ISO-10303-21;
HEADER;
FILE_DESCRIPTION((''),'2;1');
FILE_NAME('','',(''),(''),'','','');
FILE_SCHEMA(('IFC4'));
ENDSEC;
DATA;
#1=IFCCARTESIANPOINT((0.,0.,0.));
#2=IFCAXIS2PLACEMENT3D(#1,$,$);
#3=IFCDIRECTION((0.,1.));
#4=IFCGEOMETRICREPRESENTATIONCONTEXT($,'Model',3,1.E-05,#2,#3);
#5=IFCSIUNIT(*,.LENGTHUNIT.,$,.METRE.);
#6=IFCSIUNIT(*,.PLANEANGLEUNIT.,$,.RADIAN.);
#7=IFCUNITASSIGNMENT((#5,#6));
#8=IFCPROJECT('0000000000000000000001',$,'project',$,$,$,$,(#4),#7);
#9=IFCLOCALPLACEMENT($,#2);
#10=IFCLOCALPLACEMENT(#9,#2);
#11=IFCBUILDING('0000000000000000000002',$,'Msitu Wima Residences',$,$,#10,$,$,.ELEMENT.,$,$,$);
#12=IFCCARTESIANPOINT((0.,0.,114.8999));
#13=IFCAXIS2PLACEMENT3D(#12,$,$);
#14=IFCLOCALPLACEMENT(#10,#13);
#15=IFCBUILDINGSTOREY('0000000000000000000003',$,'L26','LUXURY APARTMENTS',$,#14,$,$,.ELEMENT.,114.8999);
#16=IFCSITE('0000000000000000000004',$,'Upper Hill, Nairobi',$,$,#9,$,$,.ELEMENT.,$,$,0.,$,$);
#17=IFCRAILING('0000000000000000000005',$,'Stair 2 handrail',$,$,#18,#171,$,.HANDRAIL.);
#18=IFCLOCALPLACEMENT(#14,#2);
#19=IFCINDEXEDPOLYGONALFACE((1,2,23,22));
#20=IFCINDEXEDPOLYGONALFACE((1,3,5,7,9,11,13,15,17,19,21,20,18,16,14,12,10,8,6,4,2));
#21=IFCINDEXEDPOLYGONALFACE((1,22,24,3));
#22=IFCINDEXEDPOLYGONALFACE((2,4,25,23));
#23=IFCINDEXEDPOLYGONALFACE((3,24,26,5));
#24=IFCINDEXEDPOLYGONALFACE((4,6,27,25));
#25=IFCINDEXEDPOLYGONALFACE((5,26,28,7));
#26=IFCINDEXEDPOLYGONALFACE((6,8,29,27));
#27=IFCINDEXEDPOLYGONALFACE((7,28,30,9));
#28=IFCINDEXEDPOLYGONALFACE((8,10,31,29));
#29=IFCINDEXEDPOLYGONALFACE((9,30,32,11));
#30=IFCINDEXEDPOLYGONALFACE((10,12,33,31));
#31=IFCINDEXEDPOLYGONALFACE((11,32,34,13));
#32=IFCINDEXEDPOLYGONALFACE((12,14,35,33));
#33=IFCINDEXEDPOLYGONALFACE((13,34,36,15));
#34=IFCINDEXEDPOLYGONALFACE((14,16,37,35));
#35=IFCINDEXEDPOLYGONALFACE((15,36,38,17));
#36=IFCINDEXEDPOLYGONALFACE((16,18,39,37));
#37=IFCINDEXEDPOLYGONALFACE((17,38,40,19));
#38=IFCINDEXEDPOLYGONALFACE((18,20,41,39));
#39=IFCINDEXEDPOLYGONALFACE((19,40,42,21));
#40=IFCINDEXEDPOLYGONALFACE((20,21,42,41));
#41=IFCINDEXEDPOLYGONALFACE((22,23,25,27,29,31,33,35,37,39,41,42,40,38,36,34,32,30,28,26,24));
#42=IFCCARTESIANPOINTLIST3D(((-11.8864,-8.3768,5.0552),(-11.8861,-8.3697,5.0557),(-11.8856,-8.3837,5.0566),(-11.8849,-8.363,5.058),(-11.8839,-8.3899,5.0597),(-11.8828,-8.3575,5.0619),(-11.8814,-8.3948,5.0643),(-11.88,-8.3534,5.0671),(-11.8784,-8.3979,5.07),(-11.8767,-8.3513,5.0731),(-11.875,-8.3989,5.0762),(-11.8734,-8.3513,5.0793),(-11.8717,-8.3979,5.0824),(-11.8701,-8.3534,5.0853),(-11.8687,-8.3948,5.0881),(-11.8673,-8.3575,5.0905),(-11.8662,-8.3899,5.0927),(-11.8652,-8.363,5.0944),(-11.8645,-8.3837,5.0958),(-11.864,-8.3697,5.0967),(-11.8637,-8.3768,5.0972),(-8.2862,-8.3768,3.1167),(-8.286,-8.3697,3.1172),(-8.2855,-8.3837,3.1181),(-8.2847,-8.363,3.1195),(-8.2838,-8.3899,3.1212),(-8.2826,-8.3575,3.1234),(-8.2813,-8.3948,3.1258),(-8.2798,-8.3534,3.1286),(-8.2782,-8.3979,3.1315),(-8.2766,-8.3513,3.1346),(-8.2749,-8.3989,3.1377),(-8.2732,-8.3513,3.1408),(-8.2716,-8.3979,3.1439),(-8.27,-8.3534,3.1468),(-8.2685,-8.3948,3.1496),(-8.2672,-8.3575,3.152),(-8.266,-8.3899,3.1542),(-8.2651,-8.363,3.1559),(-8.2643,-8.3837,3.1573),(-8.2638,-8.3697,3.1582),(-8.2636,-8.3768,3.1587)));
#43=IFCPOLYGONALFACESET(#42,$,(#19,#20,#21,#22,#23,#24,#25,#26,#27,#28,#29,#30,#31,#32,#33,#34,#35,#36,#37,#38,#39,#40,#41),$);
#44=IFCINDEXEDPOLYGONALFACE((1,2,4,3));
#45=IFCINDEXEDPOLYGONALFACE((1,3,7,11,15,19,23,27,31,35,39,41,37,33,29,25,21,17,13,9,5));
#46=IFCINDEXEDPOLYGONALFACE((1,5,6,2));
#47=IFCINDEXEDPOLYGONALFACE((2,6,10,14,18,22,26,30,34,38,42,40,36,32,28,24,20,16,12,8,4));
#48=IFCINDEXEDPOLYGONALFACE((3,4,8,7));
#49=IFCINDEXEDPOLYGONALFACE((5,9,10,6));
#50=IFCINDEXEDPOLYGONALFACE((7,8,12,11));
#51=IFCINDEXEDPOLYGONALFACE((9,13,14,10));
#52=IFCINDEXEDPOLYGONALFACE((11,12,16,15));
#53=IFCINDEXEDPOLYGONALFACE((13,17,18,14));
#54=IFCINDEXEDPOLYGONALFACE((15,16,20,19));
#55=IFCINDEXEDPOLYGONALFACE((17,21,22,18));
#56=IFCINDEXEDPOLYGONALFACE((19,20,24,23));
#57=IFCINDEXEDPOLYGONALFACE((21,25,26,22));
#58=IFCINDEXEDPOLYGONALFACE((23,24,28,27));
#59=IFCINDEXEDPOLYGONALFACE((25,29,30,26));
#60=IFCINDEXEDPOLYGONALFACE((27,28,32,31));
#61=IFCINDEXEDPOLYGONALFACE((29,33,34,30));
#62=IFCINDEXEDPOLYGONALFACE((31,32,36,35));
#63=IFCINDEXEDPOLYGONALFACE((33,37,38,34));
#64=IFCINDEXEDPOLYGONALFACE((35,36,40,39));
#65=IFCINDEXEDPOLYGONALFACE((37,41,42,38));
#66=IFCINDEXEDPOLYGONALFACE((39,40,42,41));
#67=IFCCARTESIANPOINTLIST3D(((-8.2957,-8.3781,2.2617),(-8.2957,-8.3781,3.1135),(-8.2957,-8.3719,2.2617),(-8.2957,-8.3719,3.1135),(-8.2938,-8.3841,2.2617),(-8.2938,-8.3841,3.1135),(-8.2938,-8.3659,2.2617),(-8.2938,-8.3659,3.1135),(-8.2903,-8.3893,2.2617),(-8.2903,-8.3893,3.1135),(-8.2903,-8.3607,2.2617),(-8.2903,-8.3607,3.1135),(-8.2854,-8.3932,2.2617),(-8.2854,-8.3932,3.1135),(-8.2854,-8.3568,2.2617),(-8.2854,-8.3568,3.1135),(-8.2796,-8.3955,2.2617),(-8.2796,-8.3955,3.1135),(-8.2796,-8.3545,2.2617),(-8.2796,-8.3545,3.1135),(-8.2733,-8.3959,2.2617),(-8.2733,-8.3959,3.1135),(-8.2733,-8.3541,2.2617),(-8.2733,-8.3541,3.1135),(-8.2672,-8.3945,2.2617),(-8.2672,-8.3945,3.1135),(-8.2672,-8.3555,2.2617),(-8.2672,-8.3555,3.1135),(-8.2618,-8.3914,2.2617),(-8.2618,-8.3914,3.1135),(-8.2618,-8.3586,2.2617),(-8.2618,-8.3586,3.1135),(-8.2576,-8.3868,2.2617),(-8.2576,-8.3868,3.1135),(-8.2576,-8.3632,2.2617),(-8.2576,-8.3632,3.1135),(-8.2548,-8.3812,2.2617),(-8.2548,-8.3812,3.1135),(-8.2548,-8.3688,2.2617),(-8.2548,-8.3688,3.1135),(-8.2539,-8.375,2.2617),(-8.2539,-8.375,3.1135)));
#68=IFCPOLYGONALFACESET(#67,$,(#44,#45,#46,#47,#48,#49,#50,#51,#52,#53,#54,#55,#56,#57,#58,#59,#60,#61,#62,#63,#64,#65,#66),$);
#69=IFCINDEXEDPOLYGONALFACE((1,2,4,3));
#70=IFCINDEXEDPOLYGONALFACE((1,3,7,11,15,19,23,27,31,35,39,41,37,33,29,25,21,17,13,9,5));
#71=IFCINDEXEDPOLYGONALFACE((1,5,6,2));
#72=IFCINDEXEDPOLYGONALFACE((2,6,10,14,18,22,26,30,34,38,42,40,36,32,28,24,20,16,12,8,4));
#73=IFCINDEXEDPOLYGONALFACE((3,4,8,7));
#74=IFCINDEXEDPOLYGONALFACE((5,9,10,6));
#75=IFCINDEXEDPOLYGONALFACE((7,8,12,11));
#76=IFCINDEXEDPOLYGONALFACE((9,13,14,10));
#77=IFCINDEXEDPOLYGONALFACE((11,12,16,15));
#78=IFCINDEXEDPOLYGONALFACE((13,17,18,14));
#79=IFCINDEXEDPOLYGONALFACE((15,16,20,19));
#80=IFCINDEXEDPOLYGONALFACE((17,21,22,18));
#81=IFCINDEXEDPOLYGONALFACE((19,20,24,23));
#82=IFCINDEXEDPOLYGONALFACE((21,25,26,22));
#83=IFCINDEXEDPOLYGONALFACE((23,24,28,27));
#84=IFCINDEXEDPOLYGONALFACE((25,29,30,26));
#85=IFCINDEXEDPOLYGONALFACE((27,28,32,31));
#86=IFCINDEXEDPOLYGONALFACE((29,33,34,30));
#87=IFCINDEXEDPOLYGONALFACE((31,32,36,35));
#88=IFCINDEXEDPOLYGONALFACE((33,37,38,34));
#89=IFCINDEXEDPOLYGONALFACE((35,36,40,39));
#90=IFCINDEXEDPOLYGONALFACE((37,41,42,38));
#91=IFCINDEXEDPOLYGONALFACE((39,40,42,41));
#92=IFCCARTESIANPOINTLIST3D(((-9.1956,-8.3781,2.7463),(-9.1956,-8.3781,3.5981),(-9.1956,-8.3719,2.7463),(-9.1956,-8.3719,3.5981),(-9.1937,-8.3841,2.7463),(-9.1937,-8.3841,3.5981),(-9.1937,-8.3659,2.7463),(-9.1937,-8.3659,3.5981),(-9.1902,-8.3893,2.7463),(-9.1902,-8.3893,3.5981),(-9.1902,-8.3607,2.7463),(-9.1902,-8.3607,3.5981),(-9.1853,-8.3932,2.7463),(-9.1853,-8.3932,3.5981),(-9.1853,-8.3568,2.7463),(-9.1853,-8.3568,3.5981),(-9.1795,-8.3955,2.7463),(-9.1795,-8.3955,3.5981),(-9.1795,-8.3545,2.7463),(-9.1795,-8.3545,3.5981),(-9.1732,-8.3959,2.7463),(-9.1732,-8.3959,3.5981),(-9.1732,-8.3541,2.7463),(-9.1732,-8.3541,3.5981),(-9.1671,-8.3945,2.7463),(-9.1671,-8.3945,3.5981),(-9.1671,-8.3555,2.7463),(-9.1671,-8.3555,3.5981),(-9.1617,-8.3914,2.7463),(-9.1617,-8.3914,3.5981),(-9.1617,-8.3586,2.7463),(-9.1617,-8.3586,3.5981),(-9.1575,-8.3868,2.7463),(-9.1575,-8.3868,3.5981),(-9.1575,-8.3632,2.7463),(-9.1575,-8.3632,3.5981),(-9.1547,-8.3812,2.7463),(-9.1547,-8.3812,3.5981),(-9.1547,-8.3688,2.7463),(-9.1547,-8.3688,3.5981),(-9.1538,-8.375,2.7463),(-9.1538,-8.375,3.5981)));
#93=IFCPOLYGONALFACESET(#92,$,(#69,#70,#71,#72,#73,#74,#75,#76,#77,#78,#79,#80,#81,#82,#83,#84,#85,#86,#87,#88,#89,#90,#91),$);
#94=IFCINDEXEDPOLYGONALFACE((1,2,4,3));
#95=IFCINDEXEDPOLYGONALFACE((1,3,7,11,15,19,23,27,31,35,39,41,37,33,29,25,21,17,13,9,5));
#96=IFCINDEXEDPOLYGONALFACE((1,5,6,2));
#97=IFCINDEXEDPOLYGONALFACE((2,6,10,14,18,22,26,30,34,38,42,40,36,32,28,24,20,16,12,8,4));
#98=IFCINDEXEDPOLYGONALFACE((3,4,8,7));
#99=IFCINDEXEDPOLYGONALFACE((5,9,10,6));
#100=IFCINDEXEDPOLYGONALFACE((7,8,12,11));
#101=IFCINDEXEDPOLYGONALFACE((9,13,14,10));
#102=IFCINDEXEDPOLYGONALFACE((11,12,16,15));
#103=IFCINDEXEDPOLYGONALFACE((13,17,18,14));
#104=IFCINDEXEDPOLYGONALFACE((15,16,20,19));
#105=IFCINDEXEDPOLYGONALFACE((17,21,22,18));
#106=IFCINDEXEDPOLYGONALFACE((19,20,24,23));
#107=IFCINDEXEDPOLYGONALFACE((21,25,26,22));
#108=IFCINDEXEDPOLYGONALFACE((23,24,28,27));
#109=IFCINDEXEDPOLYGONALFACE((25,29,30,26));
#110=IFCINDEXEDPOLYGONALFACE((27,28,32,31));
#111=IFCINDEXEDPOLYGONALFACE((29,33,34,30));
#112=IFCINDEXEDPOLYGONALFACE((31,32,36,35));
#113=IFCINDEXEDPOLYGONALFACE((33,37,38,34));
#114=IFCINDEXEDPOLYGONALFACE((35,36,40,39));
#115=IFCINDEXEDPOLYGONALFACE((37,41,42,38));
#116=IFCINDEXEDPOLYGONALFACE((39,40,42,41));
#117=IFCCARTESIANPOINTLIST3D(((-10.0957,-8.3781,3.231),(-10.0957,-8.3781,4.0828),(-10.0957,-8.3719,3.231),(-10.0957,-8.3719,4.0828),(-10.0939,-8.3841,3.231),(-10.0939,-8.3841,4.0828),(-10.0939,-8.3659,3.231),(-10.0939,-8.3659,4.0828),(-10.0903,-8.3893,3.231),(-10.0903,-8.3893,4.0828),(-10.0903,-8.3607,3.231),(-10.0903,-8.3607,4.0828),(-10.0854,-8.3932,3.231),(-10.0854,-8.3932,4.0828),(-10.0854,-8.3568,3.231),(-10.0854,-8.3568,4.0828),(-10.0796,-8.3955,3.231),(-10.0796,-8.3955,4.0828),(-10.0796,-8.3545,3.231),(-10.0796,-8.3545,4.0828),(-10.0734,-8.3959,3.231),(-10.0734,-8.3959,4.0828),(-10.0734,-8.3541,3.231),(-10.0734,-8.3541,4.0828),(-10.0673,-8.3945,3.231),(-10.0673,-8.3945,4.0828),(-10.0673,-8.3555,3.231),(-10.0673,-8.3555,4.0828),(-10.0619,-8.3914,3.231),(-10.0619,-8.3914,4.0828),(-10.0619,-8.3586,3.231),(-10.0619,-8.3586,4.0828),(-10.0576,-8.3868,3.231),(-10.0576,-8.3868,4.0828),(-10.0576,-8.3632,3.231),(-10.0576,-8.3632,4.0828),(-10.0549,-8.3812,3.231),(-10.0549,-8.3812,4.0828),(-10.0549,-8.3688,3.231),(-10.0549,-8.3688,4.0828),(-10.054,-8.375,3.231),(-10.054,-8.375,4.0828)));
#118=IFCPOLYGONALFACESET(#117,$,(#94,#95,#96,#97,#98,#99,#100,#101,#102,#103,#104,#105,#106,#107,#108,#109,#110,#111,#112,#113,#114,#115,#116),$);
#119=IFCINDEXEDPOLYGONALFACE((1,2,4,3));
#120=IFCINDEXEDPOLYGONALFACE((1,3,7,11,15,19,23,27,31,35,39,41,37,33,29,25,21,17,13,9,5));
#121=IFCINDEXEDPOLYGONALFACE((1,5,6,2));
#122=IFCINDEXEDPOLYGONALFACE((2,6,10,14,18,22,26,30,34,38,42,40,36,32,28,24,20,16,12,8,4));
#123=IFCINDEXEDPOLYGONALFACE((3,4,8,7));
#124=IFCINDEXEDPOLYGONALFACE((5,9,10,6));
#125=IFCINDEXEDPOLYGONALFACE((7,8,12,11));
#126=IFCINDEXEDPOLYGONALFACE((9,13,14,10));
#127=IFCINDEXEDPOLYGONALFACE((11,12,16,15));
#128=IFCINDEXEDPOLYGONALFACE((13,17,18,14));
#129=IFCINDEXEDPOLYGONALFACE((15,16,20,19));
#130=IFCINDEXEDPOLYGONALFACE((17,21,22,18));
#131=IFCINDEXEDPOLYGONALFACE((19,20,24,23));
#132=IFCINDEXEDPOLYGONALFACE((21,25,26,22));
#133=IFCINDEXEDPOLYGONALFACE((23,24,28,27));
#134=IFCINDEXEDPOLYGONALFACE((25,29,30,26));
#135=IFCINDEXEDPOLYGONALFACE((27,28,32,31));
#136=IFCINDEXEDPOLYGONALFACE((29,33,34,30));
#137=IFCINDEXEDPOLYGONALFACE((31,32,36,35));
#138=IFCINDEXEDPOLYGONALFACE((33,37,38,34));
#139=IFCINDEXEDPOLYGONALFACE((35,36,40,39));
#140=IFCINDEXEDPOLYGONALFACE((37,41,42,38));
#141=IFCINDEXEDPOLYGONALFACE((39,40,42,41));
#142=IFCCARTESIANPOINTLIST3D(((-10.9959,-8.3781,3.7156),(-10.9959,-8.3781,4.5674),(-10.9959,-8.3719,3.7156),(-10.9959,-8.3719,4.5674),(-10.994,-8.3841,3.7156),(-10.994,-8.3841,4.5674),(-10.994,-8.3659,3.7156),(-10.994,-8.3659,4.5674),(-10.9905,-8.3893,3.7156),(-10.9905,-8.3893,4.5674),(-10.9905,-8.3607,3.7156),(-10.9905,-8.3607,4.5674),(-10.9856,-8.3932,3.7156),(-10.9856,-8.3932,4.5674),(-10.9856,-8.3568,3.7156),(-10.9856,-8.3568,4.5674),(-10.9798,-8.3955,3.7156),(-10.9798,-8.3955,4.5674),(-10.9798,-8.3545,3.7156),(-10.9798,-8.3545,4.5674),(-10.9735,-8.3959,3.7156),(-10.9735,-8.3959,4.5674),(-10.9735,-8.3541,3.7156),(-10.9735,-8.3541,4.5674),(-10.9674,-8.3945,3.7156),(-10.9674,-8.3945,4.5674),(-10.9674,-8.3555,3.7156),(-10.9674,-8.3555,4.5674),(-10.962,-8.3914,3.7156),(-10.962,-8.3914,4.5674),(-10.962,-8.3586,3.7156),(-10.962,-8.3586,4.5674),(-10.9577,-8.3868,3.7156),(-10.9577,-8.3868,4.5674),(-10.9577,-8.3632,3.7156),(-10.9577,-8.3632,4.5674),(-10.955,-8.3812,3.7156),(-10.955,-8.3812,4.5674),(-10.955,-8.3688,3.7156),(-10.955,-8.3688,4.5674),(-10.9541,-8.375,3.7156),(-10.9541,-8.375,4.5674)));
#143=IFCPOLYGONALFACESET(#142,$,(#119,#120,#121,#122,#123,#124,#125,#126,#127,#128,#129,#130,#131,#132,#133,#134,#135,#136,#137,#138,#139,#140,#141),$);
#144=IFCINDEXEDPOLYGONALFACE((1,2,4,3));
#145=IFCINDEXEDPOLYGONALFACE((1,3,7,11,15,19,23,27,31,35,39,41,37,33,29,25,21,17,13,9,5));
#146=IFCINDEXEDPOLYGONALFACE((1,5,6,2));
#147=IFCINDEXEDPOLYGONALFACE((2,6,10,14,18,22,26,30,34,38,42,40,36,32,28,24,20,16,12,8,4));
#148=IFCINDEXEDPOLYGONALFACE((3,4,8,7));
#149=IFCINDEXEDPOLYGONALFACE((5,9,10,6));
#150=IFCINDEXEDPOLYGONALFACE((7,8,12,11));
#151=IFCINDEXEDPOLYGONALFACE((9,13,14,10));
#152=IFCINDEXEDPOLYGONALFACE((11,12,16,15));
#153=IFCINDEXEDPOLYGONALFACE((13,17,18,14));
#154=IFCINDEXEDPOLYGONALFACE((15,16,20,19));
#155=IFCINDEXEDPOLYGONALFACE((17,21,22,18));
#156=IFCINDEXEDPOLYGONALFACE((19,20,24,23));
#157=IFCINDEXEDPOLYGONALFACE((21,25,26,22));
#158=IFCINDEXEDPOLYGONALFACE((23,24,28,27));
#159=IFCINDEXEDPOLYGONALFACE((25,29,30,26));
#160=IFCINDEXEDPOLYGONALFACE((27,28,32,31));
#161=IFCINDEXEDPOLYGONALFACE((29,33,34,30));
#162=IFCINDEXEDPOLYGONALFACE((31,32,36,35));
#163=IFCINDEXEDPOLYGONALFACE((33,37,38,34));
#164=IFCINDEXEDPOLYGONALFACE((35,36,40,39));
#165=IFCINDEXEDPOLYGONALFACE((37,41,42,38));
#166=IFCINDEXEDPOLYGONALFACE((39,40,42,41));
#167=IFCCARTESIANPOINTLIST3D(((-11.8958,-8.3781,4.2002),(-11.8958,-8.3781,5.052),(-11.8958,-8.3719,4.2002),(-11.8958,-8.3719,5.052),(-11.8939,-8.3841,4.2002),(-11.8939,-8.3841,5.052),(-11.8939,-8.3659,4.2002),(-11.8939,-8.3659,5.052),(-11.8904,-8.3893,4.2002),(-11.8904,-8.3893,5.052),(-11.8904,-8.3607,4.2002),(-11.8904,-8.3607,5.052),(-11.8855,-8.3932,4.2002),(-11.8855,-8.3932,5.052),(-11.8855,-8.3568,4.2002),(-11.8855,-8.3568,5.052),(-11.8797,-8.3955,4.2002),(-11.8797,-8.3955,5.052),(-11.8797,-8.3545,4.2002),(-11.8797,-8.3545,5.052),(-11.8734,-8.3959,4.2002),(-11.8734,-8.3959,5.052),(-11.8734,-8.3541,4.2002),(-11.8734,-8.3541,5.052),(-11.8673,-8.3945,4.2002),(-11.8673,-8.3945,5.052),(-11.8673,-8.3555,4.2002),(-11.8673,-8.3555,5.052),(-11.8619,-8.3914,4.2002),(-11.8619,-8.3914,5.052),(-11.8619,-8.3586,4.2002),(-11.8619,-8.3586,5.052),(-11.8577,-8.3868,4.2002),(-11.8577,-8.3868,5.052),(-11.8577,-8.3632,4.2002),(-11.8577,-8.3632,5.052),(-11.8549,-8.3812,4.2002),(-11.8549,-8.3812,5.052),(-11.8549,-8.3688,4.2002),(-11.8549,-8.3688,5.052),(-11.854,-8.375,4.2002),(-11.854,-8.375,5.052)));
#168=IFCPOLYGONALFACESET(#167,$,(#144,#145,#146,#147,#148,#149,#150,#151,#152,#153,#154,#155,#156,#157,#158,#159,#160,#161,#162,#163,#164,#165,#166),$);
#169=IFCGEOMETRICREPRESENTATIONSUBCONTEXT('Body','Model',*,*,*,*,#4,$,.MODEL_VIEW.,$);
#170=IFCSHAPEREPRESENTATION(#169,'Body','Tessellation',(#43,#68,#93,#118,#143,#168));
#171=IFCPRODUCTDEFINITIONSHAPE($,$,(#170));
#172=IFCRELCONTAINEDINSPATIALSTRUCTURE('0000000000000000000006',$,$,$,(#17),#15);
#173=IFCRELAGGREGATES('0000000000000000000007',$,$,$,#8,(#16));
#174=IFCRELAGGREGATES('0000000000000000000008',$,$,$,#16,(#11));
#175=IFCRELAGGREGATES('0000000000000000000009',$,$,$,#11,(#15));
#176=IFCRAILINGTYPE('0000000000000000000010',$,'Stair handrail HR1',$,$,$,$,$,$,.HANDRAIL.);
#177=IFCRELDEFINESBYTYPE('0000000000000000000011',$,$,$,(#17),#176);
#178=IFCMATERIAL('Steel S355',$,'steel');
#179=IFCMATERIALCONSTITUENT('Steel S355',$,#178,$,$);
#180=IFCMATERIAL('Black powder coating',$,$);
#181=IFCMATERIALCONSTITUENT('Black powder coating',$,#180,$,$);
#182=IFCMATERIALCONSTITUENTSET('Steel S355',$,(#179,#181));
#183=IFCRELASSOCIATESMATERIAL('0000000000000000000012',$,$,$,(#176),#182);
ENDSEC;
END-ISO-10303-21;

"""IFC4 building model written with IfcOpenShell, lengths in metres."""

from ifc_helpers import new_model, si_unit, direction, frame, origin, origin_2d, place, context, subcontext, project, spatial, circle, extrude, material, constituent, constituent_set, type_object, element, save


model = new_model("IFC4")

# Units and contexts
model_context = context("Model", 3, precision=1e-05, world=origin(), true_north=direction((0.0, 1.0)))
body_context = subcontext(model_context, "Body", "Model", "MODEL_VIEW")
ifc_project = project(units=[si_unit("LENGTHUNIT", "METRE"), si_unit("PLANEANGLEUNIT", "RADIAN")], contexts=[model_context])

# Site, building, storey
site_placement = place(None, origin())
site = spatial("IfcSite", under=ifc_project, at=site_placement, Name="Upper Hill, Nairobi", CompositionType="ELEMENT", RefElevation=0.0)
building_placement = place(site_placement, origin())
building = spatial("IfcBuilding", under=site, at=building_placement, Name="Msitu Wima Residences", CompositionType="ELEMENT")
storey_placement = place(building_placement, frame((0.0, 0.0, 114.8999)))
storey = spatial("IfcBuildingStorey", under=building, at=storey_placement, Name="L26", Description="LUXURY APARTMENTS", CompositionType="ELEMENT", Elevation=114.8999)

# Railing
ifc_material_1 = material(Name="Steel S355", Category="steel")
ifc_constituent_1 = constituent(ifc_material_1, Name="Steel S355")
ifc_material_2 = material(Name="Black powder coating")
ifc_constituent_2 = constituent(ifc_material_2, Name="Black powder coating")
ifc_constituent_set = constituent_set(constituents=[ifc_constituent_1, ifc_constituent_2], Name="Steel S355")
railing_type = type_object("IfcRailingType", Name="Stair handrail HR1", PredefinedType="HANDRAIL", material=ifc_constituent_set)
for number, where, name in (
    (1, (-8.2749, -8.375, 2.2617), "Stair 2 handrail"),
):
    element("IfcRailing", number, at=place(storey_placement, frame(where)), inside=storey, type_object=railing_type, Name=name, PredefinedType="HANDRAIL", context=body_context, shape_type="SweptSolid", body=[
        extrude(circle(Radius=0.0239, at=origin_2d()), frame((0.0, 0.0, 0.876), z_axis=(-0.880475, 0.0, 0.474093), x_axis=(0.0, -1.0, 0.0)), (0.0, 0.0, 1.0), 4.0889),
        extrude(circle(Radius=0.021, at=origin_2d()), origin(), (0.0, 0.0, 1.0), 0.8518),
        extrude(circle(Radius=0.021, at=origin_2d()), frame((-0.8999, 0.0, 0.4846)), (0.0, 0.0, 1.0), 0.8518),
        extrude(circle(Radius=0.021, at=origin_2d()), frame((-1.8, 0.0, 0.9692)), (0.0, 0.0, 1.0), 0.8518),
        extrude(circle(Radius=0.021, at=origin_2d()), frame((-2.7002, 0.0, 1.4539)), (0.0, 0.0, 1.0), 0.8518),
        extrude(circle(Radius=0.021, at=origin_2d()), frame((-3.6001, 0.0, 1.9385)), (0.0, 0.0, 1.0), 0.8518),
    ])

save(model, "model.ifc")
